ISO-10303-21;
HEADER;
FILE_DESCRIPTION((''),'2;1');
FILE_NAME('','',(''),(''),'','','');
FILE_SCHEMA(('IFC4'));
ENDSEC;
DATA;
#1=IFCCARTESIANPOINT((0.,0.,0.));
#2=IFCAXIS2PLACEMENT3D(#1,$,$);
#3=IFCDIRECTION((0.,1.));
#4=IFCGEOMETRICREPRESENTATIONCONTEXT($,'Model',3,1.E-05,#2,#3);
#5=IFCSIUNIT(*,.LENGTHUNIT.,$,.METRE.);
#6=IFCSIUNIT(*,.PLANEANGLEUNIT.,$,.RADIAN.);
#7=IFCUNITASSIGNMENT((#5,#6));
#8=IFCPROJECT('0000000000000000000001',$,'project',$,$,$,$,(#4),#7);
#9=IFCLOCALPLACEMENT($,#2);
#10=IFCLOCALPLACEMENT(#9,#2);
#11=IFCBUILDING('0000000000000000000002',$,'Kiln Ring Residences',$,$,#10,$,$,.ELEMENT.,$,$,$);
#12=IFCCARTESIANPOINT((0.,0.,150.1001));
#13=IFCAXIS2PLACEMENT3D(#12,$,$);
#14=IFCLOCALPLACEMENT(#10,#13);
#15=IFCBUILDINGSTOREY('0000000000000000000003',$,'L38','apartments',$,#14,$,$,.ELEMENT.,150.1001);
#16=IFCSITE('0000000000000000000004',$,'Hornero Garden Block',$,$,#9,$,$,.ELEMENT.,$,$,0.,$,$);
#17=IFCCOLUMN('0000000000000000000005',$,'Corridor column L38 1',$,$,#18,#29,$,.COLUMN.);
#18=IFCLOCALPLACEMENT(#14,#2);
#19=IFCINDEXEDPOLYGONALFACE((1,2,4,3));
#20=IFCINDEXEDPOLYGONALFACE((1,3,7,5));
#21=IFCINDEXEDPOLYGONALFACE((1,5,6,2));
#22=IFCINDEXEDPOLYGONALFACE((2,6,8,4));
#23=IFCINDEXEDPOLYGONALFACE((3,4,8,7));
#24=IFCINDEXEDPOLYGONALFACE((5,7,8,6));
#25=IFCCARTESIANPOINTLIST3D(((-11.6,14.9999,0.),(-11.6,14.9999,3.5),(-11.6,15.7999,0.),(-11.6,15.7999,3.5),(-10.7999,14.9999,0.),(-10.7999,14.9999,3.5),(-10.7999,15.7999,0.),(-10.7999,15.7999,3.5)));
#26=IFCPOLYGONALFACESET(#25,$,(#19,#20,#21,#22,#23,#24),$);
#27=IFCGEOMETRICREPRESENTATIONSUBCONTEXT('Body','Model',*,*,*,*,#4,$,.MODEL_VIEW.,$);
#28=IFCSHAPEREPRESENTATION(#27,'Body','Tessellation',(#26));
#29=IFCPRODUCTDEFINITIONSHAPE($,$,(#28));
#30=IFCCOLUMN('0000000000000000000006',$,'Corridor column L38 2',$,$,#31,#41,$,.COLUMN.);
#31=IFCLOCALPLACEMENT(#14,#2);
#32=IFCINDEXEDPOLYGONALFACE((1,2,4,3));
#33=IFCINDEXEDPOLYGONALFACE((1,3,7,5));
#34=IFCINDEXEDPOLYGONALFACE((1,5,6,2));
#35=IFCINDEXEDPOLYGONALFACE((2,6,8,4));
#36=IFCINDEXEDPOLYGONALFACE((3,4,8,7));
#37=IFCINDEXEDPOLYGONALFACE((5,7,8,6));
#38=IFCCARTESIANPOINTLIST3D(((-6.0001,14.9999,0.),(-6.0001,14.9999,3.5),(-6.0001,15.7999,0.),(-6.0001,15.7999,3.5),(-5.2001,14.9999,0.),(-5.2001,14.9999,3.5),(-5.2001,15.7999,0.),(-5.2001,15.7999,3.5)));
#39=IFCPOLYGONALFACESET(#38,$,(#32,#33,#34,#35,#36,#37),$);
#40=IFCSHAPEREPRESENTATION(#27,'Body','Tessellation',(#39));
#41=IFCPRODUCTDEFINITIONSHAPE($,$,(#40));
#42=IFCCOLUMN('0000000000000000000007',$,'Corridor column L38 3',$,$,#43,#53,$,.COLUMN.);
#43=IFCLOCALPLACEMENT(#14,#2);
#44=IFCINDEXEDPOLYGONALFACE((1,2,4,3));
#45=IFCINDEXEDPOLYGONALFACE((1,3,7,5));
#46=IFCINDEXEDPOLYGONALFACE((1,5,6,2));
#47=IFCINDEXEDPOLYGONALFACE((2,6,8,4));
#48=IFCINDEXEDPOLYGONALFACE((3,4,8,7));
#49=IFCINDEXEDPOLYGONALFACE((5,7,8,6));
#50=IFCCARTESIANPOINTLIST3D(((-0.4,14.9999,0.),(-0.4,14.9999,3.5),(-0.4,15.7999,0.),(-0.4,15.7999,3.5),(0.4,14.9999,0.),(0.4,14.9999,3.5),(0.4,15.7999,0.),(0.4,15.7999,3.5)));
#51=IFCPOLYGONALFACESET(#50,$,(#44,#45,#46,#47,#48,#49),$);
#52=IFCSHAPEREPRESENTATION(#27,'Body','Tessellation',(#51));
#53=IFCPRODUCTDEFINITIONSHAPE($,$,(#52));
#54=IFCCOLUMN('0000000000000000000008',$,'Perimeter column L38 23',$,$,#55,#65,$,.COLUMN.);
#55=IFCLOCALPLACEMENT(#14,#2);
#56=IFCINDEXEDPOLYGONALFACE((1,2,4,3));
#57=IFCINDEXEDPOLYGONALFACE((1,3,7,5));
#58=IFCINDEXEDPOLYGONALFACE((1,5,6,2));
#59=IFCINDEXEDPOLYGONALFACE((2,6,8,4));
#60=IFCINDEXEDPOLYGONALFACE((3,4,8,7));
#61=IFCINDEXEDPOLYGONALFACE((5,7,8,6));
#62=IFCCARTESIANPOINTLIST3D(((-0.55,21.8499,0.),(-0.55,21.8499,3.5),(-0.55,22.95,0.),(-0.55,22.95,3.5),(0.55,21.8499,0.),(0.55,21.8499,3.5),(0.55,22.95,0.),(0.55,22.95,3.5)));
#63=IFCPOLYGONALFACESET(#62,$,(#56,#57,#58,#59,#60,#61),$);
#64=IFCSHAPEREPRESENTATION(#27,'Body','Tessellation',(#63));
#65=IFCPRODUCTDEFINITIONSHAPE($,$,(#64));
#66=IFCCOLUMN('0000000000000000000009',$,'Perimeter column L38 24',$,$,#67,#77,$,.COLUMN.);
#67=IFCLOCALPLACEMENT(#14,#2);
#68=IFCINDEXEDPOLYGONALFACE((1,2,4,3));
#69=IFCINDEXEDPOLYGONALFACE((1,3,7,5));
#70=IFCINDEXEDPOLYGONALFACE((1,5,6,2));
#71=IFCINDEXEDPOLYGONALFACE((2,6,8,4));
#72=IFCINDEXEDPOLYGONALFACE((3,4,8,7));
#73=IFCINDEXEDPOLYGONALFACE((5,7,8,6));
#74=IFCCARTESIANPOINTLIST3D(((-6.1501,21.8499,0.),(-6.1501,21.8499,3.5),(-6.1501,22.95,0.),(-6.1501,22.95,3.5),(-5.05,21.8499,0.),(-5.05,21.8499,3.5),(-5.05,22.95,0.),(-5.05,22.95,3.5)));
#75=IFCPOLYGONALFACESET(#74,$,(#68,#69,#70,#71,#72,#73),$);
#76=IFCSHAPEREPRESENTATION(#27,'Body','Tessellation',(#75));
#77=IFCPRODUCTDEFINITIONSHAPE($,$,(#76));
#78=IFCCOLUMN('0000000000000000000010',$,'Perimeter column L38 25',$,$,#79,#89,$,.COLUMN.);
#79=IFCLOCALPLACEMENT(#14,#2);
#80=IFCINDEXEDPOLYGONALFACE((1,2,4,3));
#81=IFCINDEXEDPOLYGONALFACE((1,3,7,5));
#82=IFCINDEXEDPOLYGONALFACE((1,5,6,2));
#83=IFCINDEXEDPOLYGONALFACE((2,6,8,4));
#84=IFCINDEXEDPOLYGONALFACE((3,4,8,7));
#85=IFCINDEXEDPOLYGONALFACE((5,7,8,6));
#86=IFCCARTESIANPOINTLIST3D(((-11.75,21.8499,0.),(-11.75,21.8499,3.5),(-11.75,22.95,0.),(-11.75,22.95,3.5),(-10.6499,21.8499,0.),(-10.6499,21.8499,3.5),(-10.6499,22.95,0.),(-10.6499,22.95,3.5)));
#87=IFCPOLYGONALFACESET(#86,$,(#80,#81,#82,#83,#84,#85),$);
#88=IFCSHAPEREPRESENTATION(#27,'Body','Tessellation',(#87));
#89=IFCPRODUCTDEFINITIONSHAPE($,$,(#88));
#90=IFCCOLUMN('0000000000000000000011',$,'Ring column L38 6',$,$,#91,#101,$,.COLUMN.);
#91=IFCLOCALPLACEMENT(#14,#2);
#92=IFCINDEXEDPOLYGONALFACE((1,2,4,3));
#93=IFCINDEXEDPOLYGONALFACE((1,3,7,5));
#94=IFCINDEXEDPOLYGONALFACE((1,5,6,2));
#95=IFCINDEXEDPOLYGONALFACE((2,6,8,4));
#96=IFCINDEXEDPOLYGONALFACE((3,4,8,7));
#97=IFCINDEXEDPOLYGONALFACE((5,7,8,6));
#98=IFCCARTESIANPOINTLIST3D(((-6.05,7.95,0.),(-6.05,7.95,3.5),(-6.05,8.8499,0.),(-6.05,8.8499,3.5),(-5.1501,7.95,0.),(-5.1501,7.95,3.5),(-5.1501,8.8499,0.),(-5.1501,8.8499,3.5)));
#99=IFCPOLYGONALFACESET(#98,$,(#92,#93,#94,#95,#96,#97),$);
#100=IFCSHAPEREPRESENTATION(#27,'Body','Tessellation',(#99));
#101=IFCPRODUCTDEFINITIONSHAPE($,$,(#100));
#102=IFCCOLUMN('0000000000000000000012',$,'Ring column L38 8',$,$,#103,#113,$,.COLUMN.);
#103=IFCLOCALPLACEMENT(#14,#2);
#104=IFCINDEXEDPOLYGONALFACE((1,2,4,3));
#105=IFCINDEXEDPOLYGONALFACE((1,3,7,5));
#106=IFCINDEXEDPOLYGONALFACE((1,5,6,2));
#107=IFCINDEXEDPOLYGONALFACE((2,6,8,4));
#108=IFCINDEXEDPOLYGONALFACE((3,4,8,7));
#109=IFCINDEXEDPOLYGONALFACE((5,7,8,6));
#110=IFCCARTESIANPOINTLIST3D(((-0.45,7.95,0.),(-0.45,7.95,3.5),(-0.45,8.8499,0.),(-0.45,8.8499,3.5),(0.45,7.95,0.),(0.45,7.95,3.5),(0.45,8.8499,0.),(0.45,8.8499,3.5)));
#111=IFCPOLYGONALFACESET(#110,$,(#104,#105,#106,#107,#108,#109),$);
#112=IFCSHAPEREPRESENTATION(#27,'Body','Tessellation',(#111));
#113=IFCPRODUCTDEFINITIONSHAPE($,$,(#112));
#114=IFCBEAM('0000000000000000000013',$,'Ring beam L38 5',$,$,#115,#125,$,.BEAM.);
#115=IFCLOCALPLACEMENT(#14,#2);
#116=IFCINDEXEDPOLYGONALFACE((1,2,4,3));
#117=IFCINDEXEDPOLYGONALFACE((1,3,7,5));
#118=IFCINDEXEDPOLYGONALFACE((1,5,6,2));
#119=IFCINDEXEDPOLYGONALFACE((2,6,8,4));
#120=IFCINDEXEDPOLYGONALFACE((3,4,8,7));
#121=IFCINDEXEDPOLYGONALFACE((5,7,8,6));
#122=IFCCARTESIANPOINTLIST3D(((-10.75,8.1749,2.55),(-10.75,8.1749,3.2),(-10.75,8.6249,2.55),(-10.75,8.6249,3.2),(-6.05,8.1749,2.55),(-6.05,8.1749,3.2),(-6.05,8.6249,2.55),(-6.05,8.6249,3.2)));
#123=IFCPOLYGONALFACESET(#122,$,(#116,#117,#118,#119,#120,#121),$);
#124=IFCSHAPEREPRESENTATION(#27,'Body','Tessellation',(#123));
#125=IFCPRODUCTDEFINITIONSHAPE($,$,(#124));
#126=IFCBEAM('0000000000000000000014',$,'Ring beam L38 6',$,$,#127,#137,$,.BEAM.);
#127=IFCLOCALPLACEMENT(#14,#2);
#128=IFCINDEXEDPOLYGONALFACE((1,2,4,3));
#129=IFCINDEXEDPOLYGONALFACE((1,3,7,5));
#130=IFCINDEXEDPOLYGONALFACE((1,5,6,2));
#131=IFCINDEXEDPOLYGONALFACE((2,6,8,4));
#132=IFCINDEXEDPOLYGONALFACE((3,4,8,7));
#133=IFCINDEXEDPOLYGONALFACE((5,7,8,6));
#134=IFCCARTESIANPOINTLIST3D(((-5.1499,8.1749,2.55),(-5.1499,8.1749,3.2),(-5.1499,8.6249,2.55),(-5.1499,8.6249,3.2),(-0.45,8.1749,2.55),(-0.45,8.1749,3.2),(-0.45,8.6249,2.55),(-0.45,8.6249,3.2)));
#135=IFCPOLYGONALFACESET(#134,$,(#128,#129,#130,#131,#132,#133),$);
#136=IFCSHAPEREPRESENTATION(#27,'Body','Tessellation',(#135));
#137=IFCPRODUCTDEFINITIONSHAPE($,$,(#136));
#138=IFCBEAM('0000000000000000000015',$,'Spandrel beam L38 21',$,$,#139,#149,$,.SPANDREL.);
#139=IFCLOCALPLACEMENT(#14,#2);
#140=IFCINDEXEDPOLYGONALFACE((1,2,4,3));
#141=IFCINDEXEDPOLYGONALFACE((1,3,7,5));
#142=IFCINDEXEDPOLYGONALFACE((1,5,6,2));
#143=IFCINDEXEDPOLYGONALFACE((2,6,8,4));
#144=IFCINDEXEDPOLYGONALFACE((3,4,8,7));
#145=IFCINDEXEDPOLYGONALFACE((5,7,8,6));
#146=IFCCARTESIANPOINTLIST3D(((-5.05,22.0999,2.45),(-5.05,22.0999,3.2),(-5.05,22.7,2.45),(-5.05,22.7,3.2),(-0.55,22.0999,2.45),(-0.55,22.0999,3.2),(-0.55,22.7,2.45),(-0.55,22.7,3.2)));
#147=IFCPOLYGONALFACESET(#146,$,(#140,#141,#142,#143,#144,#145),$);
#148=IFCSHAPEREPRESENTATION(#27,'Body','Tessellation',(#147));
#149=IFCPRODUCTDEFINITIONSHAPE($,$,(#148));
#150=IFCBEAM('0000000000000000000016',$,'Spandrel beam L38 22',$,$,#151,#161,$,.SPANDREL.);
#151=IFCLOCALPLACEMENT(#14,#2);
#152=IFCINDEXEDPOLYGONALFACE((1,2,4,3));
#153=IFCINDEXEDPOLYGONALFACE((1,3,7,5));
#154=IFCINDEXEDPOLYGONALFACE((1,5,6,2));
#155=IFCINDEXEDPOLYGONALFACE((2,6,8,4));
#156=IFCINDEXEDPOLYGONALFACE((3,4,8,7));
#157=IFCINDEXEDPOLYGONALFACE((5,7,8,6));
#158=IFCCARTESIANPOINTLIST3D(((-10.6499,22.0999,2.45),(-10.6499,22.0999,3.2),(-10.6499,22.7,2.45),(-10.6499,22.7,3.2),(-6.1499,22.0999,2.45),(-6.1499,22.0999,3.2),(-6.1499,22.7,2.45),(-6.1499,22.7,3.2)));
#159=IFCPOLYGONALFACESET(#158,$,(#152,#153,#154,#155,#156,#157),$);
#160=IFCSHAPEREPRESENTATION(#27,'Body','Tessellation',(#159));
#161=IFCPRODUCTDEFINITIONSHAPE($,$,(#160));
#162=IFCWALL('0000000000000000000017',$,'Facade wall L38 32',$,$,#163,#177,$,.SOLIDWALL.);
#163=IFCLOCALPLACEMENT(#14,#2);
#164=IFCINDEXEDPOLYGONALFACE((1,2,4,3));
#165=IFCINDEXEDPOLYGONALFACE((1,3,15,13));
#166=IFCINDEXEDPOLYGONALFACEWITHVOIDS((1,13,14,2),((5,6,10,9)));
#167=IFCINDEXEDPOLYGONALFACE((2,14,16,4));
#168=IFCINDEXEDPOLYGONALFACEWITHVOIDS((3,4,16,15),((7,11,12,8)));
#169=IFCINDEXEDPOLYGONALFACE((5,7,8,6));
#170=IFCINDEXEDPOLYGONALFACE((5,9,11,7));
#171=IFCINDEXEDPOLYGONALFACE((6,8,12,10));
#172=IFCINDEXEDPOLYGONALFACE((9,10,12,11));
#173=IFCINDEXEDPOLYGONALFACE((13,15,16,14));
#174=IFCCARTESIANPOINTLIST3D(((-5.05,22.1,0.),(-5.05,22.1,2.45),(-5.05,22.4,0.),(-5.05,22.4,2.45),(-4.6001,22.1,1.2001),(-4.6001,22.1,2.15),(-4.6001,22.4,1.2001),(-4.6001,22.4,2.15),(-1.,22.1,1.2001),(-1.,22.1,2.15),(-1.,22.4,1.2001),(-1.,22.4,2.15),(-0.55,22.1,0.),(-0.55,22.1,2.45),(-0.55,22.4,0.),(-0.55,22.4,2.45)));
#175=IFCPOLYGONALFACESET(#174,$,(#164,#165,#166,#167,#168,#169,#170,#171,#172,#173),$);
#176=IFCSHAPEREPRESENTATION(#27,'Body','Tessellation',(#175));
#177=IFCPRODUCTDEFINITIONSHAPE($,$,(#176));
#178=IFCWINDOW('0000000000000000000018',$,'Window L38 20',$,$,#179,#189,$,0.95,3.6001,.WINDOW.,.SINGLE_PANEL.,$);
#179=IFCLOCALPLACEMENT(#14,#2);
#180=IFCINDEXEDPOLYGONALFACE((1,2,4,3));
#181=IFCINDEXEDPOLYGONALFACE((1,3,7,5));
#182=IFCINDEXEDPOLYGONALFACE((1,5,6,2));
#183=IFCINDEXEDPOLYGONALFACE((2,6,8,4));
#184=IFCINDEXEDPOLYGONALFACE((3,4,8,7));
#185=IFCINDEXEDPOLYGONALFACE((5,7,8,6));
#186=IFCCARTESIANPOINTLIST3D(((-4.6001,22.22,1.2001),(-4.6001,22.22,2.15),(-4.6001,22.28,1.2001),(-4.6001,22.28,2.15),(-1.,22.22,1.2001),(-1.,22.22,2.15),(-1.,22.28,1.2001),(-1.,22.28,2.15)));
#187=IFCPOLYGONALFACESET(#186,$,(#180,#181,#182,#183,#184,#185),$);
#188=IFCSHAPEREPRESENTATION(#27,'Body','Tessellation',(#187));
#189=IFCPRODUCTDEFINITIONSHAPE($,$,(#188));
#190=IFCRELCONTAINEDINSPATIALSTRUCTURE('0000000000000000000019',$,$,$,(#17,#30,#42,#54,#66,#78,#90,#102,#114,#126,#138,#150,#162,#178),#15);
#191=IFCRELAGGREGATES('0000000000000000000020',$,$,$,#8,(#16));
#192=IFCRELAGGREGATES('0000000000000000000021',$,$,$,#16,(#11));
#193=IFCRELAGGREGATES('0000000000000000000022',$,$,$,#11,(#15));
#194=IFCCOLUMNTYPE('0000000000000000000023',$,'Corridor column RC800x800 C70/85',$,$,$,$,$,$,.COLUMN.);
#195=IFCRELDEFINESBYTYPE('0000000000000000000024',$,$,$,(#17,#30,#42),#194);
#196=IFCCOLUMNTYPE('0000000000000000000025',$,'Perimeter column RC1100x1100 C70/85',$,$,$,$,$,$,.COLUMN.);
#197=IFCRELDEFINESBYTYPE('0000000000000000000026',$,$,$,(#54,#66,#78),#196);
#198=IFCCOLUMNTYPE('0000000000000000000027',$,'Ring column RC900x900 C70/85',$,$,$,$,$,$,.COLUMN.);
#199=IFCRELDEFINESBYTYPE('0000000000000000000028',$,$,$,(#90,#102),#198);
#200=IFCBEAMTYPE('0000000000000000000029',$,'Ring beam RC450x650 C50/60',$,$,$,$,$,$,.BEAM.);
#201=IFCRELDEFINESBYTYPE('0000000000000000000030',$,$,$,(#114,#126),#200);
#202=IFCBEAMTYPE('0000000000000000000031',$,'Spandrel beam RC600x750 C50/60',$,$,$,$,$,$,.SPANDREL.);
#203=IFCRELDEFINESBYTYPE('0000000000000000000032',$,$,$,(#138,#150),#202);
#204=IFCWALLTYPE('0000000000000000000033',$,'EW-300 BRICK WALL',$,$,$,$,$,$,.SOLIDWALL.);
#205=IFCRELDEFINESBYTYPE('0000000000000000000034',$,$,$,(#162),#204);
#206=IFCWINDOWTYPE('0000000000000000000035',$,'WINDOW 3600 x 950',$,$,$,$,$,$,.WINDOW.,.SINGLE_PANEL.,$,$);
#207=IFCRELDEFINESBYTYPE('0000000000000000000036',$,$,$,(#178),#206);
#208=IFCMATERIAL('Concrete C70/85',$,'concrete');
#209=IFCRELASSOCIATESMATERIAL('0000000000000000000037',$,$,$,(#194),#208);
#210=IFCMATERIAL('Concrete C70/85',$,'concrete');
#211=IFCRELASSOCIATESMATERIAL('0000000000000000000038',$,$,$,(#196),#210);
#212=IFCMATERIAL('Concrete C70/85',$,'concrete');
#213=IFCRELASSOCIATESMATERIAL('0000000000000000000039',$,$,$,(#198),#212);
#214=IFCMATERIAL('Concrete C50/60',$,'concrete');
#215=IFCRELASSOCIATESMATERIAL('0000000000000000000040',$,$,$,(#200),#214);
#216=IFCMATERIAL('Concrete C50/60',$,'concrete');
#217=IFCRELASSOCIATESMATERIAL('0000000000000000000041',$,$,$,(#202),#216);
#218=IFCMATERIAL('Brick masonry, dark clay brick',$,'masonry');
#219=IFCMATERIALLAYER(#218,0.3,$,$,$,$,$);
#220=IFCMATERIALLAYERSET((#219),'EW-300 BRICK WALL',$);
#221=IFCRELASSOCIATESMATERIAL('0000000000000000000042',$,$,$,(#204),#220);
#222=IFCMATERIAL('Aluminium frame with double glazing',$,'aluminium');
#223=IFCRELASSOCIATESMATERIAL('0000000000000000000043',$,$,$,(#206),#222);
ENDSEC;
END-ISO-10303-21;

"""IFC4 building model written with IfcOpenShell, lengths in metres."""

from ifc_helpers import new_model, si_unit, direction, frame, frame_2d, origin, origin_2d, place, context, subcontext, project, spatial, rectangle, extrude, material, layer, layer_set, material_profile, profile_set, type_object, element, fill, save


model = new_model("IFC4")

# Units and contexts
model_context = context("Model", 3, precision=1e-05, world=origin(), true_north=direction((0.0, 1.0)))
body_context = subcontext(model_context, "Body", "Model", "MODEL_VIEW")
ifc_project = project(units=[si_unit("LENGTHUNIT", "METRE"), si_unit("PLANEANGLEUNIT", "RADIAN")], contexts=[model_context])

# Site, building, storey
site_placement = place(None, origin())
site = spatial("IfcSite", under=ifc_project, at=site_placement, Name="Hornero Garden Block", CompositionType="ELEMENT", RefElevation=0.0)
building_placement = place(site_placement, origin())
building = spatial("IfcBuilding", under=site, at=building_placement, Name="Kiln Ring Residences", CompositionType="ELEMENT")
storey_placement = place(building_placement, frame((0.0, 0.0, 150.1001)))
storey = spatial("IfcBuildingStorey", under=building, at=storey_placement, Name="L38", Description="apartments", CompositionType="ELEMENT", Elevation=150.1001)

# Columns
ifc_material_1 = material(Name="Concrete C70/85", Category="concrete")
ifc_material_profile_1 = material_profile(ifc_material_1, rectangle(XDim=0.8, YDim=0.8, at=origin_2d()), Name="RC800x800")
ifc_profile_set_1 = profile_set([ifc_material_profile_1], Name="Concrete C70/85")
column_type_1 = type_object("IfcColumnType", Name="Corridor column RC800x800 C70/85", PredefinedType="COLUMN", material=ifc_profile_set_1)
for number, where, z_axis, x_axis, name in (
    (1, (-11.2, 15.3999, 0.0), (0.0, 0.0, 1.0), (1.0, 0.0, 0.0), "Corridor column L38 1"),
    (2, (-5.6001, 15.3999, 0.0), (0.0, 0.0, 1.0), (1.0, 0.0, 0.0), "Corridor column L38 2"),
    (3, (0.0, 15.3999, 0.0), (0.0, 0.0, 1.0), (1.0, 0.0, 0.0), "Corridor column L38 3"),
):
    element("IfcColumn", number, at=place(storey_placement, frame(where, z_axis=z_axis, x_axis=x_axis)), inside=storey, type_object=column_type_1, Name=name, PredefinedType="COLUMN", context=body_context, shape_type="SweptSolid", body=[
        extrude(rectangle(XDim=0.8, YDim=0.8, at=origin_2d()), origin(), (0.0, 0.0, 1.0), 3.5),
    ])
ifc_material_2 = material(Name="Concrete C70/85", Category="concrete")
ifc_material_profile_2 = material_profile(ifc_material_2, rectangle(XDim=1.1001, YDim=1.1001, at=origin_2d()), Name="RC1100x1100")
ifc_profile_set_2 = profile_set([ifc_material_profile_2], Name="Concrete C70/85")
column_type_2 = type_object("IfcColumnType", Name="Perimeter column RC1100x1100 C70/85", PredefinedType="COLUMN", material=ifc_profile_set_2)
for number, where, z_axis, x_axis, name in (
    (4, (0.0, 22.3999, 0.0), (0.0, 0.0, 1.0), (1.0, 0.0, 0.0), "Perimeter column L38 23"),
    (5, (-5.6001, 22.3999, 0.0), (0.0, 0.0, 1.0), (1.0, 0.0, 0.0), "Perimeter column L38 24"),
    (6, (-11.2, 22.3999, 0.0), (0.0, 0.0, 1.0), (1.0, 0.0, 0.0), "Perimeter column L38 25"),
):
    element("IfcColumn", number, at=place(storey_placement, frame(where, z_axis=z_axis, x_axis=x_axis)), inside=storey, type_object=column_type_2, Name=name, PredefinedType="COLUMN", context=body_context, shape_type="SweptSolid", body=[
        extrude(rectangle(XDim=1.1001, YDim=1.1001, at=origin_2d()), origin(), (0.0, 0.0, 1.0), 3.5),
    ])
ifc_material_3 = material(Name="Concrete C70/85", Category="concrete")
ifc_material_profile_3 = material_profile(ifc_material_3, rectangle(XDim=0.8999, YDim=0.8999, at=origin_2d()), Name="RC900x900")
ifc_profile_set_3 = profile_set([ifc_material_profile_3], Name="Concrete C70/85")
column_type_3 = type_object("IfcColumnType", Name="Ring column RC900x900 C70/85", PredefinedType="COLUMN", material=ifc_profile_set_3)
for number, where, z_axis, x_axis, name in (
    (7, (-5.6001, 8.3999, 0.0), (0.0, 0.0, 1.0), (1.0, 0.0, 0.0), "Ring column L38 6"),
    (8, (0.0, 8.3999, 0.0), (0.0, 0.0, 1.0), (1.0, 0.0, 0.0), "Ring column L38 8"),
):
    element("IfcColumn", number, at=place(storey_placement, frame(where, z_axis=z_axis, x_axis=x_axis)), inside=storey, type_object=column_type_3, Name=name, PredefinedType="COLUMN", context=body_context, shape_type="SweptSolid", body=[
        extrude(rectangle(XDim=0.8999, YDim=0.8999, at=origin_2d()), origin(), (0.0, 0.0, 1.0), 3.5),
    ])

# Beams
ifc_material_4 = material(Name="Concrete C50/60", Category="concrete")
ifc_material_profile_4 = material_profile(ifc_material_4, rectangle(XDim=0.45, YDim=0.6499, at=origin_2d()), Name="RC450x650")
ifc_profile_set_4 = profile_set([ifc_material_profile_4], Name="Concrete C50/60")
beam_type_1 = type_object("IfcBeamType", Name="Ring beam RC450x650 C50/60", PredefinedType="BEAM", material=ifc_profile_set_4)
for number, where, z_axis, x_axis, name in (
    (9, (-10.75, 8.3999, 2.875), (1.0, 0.0, 0.0), (0.0, 1.0, 0.0), "Ring beam L38 5"),
    (10, (-5.1499, 8.3999, 2.875), (1.0, 0.0, 0.0), (0.0, 1.0, 0.0), "Ring beam L38 6"),
):
    element("IfcBeam", number, at=place(storey_placement, frame(where, z_axis=z_axis, x_axis=x_axis)), inside=storey, type_object=beam_type_1, Name=name, PredefinedType="BEAM", context=body_context, shape_type="SweptSolid", body=[
        extrude(rectangle(XDim=0.45, YDim=0.6499, at=origin_2d()), origin(), (0.0, 0.0, 1.0), 4.7),
    ])
ifc_material_5 = material(Name="Concrete C50/60", Category="concrete")
ifc_material_profile_5 = material_profile(ifc_material_5, rectangle(XDim=0.6001, YDim=0.75, at=origin_2d()), Name="RC600x750")
ifc_profile_set_5 = profile_set([ifc_material_profile_5], Name="Concrete C50/60")
beam_type_2 = type_object("IfcBeamType", Name="Spandrel beam RC600x750 C50/60", PredefinedType="SPANDREL", material=ifc_profile_set_5)
for number, where, z_axis, x_axis, name in (
    (11, (-0.55, 22.3999, 2.825), (-1.0, 0.0, 0.0), (0.0, -1.0, 0.0), "Spandrel beam L38 21"),
    (12, (-6.1499, 22.3999, 2.825), (-1.0, 0.0, 0.0), (0.0, -1.0, 0.0), "Spandrel beam L38 22"),
):
    element("IfcBeam", number, at=place(storey_placement, frame(where, z_axis=z_axis, x_axis=x_axis)), inside=storey, type_object=beam_type_2, Name=name, PredefinedType="SPANDREL", context=body_context, shape_type="SweptSolid", body=[
        extrude(rectangle(XDim=0.6001, YDim=0.75, at=origin_2d()), origin(), (0.0, 0.0, 1.0), 4.5),
    ])

# Wall, opening, window
ifc_material_6 = material(Name="Brick masonry, dark clay brick", Category="masonry")
ifc_layer_1 = layer(ifc_material_6, 0.3)
ifc_layer_set_1 = layer_set([ifc_layer_1], Name="EW-300 BRICK WALL")
wall_type_1 = type_object("IfcWallType", Name="EW-300 BRICK WALL", PredefinedType="SOLIDWALL", material=ifc_layer_set_1)
wall_1_placement = place(storey_placement, frame((-0.55, 22.25, 0.0), z_axis=(0.0, 0.0, 1.0), x_axis=(-1.0, 0.0, 0.0)))
wall_1 = element("IfcWall", 13, at=wall_1_placement, inside=storey, type_object=wall_type_1, Name="Facade wall L38 32", PredefinedType="SOLIDWALL", context=body_context, shape_type="SweptSolid", body=[
    extrude(rectangle(XDim=4.5, YDim=0.3, at=frame_2d((2.25, 0.0))), origin(), (0.0, 0.0, 1.0), 2.45),
])
opening_1_placement = place(wall_1_placement, frame((0.45, 0.0, 1.2)))
opening_1 = element("IfcOpeningElement", 14, at=opening_1_placement, cuts=wall_1, PredefinedType="OPENING", context=body_context, shape_type="SweptSolid", body=[
    extrude(rectangle(XDim=3.6001, YDim=0.95, at=frame_2d((1.8, 0.4751))), frame((0.0, 0.1599, 0.0), z_axis=(0.0, -1.0, 0.0), x_axis=(1.0, 0.0, 0.0)), (0.0, 0.0, 1.0), 0.3201),
])
ifc_material_7 = material(Name="Aluminium frame with double glazing", Category="aluminium")
window_type = type_object("IfcWindowType", Name="WINDOW 3600 x 950", PartitioningType="SINGLE_PANEL", PredefinedType="WINDOW", material=ifc_material_7)
window_1_placement = place(opening_1_placement, origin())
window_1 = element("IfcWindow", 15, at=window_1_placement, inside=storey, type_object=window_type, Name="Window L38 20", OverallHeight=0.95, OverallWidth=3.6001, PartitioningType="SINGLE_PANEL", PredefinedType="WINDOW", context=body_context, shape_type="SweptSolid", body=[
    extrude(rectangle(XDim=3.6001, YDim=0.95, at=frame_2d((1.8, 0.4751))), frame((0.0, 0.03, 0.0), z_axis=(0.0, -1.0, 0.0), x_axis=(1.0, 0.0, 0.0)), (0.0, 0.0, 1.0), 0.0601),
])
fill(opening_1, window_1)

save(model, "model.ifc")
